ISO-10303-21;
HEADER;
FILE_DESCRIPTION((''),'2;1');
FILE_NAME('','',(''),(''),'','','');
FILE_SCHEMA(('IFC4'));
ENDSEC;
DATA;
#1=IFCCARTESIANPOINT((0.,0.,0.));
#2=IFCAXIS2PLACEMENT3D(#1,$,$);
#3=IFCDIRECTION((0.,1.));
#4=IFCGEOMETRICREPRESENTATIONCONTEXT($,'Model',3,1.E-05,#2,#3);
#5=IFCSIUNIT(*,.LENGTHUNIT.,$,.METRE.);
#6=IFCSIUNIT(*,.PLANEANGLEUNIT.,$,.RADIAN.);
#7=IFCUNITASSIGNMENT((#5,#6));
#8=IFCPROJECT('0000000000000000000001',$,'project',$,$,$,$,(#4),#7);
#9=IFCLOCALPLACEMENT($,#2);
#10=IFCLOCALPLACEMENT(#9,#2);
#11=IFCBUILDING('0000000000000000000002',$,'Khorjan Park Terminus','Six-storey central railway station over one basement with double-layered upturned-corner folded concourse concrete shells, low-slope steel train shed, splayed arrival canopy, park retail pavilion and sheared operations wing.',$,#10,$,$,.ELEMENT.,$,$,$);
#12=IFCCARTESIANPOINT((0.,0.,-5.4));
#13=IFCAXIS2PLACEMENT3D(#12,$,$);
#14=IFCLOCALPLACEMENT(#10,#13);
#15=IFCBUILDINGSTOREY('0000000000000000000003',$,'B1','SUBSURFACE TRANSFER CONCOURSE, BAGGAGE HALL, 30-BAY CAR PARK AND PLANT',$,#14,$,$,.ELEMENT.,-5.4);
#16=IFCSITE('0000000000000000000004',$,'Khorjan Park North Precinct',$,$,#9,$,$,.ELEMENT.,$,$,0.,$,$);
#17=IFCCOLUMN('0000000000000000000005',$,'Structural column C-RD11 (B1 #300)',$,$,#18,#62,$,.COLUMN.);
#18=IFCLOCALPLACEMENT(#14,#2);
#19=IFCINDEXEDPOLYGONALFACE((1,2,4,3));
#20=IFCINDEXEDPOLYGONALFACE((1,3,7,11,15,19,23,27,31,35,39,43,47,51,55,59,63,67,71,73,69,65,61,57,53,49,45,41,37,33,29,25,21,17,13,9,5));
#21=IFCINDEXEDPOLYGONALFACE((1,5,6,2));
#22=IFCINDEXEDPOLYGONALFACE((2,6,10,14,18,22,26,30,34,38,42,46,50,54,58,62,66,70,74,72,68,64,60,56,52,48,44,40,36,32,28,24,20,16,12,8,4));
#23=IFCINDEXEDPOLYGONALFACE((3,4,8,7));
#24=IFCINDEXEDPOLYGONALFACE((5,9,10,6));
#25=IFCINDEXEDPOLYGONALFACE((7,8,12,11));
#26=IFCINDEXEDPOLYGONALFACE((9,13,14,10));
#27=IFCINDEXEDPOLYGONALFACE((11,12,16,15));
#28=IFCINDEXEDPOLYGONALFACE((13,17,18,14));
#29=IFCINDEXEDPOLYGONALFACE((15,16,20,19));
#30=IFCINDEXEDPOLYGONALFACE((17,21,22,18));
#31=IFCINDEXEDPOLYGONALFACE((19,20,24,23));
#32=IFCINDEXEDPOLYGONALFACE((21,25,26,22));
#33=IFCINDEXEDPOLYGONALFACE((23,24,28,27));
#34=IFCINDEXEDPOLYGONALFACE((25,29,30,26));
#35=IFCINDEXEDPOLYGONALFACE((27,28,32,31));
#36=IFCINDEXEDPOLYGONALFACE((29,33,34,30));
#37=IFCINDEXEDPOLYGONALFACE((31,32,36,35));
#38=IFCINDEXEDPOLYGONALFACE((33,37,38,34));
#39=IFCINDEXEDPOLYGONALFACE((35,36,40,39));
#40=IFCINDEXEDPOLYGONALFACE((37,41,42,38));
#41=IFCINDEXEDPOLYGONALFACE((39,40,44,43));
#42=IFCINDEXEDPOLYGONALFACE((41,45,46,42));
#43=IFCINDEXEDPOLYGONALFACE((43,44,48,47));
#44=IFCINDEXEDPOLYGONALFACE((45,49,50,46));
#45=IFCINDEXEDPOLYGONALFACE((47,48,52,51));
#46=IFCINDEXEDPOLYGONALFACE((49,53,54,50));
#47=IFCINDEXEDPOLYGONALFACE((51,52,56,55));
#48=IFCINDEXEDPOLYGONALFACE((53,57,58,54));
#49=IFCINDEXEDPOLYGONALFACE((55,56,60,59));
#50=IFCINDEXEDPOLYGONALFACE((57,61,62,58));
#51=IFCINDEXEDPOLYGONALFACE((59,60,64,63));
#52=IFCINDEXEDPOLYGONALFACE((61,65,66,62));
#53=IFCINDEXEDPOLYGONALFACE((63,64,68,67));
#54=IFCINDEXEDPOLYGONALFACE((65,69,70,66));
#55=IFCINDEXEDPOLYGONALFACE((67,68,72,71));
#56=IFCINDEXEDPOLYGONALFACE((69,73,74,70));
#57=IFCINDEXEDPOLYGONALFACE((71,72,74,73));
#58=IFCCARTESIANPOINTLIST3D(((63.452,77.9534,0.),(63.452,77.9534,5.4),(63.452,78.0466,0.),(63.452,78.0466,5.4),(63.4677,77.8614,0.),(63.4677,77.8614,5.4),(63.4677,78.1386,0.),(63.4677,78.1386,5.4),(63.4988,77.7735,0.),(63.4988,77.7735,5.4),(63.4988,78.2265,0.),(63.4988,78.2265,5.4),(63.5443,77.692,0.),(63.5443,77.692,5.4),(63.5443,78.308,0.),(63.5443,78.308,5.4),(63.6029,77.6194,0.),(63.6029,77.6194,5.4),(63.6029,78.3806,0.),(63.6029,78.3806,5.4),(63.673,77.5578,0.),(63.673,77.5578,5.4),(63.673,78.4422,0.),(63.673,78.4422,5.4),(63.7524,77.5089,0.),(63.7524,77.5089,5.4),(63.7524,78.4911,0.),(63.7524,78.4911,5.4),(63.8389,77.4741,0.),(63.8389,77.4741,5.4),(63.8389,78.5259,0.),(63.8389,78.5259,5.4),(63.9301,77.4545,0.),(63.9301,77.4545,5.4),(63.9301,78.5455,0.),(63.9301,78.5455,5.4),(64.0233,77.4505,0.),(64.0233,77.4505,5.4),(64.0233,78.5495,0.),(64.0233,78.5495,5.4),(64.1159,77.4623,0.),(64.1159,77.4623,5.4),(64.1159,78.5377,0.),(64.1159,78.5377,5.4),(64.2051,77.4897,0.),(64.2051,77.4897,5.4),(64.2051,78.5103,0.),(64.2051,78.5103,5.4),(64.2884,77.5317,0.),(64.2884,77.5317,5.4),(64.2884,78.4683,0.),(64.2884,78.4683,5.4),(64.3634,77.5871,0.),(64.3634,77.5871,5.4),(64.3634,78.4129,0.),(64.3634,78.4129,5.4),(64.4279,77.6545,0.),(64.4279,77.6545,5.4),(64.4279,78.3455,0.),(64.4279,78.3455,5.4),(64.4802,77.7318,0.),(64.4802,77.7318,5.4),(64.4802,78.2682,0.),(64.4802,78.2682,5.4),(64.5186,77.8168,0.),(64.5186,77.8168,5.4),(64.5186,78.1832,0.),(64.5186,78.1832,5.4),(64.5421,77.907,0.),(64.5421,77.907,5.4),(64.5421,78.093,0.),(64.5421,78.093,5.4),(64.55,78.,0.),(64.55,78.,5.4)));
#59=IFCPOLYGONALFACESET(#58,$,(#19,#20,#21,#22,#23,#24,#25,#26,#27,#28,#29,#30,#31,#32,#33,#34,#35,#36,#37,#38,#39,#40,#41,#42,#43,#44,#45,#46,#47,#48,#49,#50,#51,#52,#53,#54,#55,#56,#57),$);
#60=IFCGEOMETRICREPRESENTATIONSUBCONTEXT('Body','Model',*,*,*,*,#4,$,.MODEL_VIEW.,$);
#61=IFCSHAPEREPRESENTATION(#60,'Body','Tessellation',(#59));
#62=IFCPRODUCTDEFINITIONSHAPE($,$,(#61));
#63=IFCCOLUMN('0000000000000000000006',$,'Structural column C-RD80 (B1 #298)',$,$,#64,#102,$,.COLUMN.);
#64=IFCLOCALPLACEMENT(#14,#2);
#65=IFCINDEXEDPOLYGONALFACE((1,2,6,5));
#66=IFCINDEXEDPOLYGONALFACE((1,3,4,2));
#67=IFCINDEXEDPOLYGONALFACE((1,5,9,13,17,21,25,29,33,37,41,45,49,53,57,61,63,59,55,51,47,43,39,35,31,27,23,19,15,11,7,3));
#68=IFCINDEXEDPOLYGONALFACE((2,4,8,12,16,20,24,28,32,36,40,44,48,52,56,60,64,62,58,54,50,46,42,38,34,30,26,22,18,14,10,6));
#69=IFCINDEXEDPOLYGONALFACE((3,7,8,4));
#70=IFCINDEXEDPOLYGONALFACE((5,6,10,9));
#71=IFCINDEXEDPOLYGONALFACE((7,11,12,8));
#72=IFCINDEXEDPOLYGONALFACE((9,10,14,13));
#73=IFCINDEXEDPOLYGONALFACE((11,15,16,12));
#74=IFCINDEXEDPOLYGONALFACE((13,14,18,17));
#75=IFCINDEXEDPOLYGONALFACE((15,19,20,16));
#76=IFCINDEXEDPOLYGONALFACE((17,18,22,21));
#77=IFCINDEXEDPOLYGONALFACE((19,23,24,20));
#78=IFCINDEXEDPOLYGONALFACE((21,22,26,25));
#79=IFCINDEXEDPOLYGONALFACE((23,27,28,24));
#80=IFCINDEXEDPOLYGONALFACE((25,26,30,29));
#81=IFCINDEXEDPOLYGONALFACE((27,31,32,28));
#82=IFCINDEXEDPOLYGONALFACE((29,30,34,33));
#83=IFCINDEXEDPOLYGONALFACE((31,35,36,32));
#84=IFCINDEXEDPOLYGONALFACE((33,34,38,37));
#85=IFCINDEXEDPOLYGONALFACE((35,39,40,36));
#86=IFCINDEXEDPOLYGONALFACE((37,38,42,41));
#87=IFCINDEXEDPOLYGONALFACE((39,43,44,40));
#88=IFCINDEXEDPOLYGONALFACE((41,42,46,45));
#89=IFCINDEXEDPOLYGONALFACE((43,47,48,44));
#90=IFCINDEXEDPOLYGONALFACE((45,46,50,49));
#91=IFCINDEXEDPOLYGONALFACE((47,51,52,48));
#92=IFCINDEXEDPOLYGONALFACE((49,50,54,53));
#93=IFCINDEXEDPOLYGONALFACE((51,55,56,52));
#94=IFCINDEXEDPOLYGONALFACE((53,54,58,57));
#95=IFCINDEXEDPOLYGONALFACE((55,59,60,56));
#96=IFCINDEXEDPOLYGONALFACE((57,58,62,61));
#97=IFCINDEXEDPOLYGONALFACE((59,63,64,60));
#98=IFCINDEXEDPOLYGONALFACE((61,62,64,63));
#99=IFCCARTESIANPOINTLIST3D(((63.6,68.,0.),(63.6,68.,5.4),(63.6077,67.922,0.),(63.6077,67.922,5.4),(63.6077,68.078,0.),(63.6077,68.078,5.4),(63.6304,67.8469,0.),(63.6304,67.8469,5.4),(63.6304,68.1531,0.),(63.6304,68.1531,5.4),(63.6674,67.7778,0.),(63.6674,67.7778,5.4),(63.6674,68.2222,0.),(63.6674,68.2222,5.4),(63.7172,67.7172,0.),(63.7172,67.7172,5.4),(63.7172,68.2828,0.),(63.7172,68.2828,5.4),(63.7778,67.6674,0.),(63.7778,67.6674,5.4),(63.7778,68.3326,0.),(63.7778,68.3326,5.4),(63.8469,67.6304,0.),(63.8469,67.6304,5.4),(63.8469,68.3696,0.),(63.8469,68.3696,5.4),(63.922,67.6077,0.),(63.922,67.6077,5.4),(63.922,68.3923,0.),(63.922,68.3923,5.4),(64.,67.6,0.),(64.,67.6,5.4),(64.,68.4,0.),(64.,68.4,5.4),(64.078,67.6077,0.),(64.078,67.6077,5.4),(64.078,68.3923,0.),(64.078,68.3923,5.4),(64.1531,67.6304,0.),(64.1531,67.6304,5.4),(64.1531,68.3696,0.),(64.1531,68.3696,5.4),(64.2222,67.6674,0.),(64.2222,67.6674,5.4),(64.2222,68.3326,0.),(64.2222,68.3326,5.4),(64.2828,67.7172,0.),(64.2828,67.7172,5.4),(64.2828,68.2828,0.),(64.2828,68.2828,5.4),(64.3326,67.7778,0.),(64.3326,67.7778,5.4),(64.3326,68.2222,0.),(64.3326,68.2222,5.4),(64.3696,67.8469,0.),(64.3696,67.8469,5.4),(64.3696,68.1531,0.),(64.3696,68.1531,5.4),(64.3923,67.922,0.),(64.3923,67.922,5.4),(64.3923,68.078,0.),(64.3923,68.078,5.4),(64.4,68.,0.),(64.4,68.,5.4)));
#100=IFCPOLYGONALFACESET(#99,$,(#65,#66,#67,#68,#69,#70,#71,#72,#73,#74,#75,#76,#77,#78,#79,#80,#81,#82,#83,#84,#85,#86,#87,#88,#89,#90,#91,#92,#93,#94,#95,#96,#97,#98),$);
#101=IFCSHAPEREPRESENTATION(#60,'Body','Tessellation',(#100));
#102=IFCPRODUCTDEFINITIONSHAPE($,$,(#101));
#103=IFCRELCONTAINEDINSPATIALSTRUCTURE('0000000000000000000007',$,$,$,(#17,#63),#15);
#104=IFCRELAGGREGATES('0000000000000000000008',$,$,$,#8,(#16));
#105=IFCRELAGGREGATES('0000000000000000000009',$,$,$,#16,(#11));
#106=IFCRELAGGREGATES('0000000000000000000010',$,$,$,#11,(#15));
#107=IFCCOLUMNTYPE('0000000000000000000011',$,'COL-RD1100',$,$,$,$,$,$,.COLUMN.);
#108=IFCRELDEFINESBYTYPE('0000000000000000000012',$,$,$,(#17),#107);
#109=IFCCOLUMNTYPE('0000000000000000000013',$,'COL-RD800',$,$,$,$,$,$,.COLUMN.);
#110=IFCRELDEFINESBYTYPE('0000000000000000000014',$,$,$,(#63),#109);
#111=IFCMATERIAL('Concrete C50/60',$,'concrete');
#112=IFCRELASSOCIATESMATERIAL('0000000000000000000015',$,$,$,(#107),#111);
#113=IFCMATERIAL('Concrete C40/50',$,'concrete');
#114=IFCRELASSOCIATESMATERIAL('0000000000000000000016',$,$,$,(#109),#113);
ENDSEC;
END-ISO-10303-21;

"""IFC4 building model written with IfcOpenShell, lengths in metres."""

from ifc_helpers import new_model, si_unit, direction, frame, origin, origin_2d, place, context, subcontext, project, spatial, circle, extrude, material, material_profile, profile_set, type_object, element, save


model = new_model("IFC4")

# Units and contexts
model_context = context("Model", 3, precision=1e-05, world=origin(), true_north=direction((0.0, 1.0)))
body_context = subcontext(model_context, "Body", "Model", "MODEL_VIEW")
ifc_project = project(units=[si_unit("LENGTHUNIT", "METRE"), si_unit("PLANEANGLEUNIT", "RADIAN")], contexts=[model_context])

# Site, building, storey
site_placement = place(None, origin())
site = spatial("IfcSite", under=ifc_project, at=site_placement, Name="Khorjan Park North Precinct", CompositionType="ELEMENT", RefElevation=0.0)
building_placement = place(site_placement, origin())
building = spatial("IfcBuilding", under=site, at=building_placement, Name="Khorjan Park Terminus", Description="Six-storey central railway station over one basement with double-layered upturned-corner folded concourse concrete shells, low-slope steel train shed, splayed arrival canopy, park retail pavilion and sheared operations wing.", CompositionType="ELEMENT")
storey_placement = place(building_placement, frame((0.0, 0.0, -5.4)))
storey = spatial("IfcBuildingStorey", under=building, at=storey_placement, Name="B1", Description="SUBSURFACE TRANSFER CONCOURSE, BAGGAGE HALL, 30-BAY CAR PARK AND PLANT", CompositionType="ELEMENT", Elevation=-5.4)

# Shared definitions
ifc_material_1 = material(Name="Concrete C40/50", Category="concrete")

# Columns
ifc_material_2 = material(Name="Concrete C50/60", Category="concrete")
ifc_material_profile_1 = material_profile(ifc_material_2, circle(Radius=0.55, at=origin_2d()), Name="RC D1100")
ifc_profile_set_1 = profile_set([ifc_material_profile_1], Name="Concrete C50/60")
column_type_1 = type_object("IfcColumnType", Name="COL-RD1100", PredefinedType="COLUMN", material=ifc_profile_set_1)
column_1_placement = place(storey_placement, frame((64.0, 78.0, 0.0), z_axis=(0.0, 0.0, 1.0), x_axis=(1.0, 0.0, 0.0)))
element("IfcColumn", 1, at=column_1_placement, inside=storey, type_object=column_type_1, Name="Structural column C-RD11 (B1 #300)", PredefinedType="COLUMN", context=body_context, shape_type="SweptSolid", body=[
    extrude(circle(Radius=0.55, at=origin_2d()), origin(), (0.0, 0.0, 1.0), 5.4),
])
ifc_material_profile_2 = material_profile(ifc_material_1, circle(Radius=0.4, at=origin_2d()), Name="RC D800")
ifc_profile_set_2 = profile_set([ifc_material_profile_2], Name="Concrete C40/50")
column_type_2 = type_object("IfcColumnType", Name="COL-RD800", PredefinedType="COLUMN", material=ifc_profile_set_2)
column_2_placement = place(storey_placement, frame((64.0, 68.0, 0.0), z_axis=(0.0, 0.0, 1.0), x_axis=(1.0, 0.0, 0.0)))
element("IfcColumn", 2, at=column_2_placement, inside=storey, type_object=column_type_2, Name="Structural column C-RD80 (B1 #298)", PredefinedType="COLUMN", context=body_context, shape_type="SweptSolid", body=[
    extrude(circle(Radius=0.4, at=origin_2d()), origin(), (0.0, 0.0, 1.0), 5.4),
])

save(model, "model.ifc")
